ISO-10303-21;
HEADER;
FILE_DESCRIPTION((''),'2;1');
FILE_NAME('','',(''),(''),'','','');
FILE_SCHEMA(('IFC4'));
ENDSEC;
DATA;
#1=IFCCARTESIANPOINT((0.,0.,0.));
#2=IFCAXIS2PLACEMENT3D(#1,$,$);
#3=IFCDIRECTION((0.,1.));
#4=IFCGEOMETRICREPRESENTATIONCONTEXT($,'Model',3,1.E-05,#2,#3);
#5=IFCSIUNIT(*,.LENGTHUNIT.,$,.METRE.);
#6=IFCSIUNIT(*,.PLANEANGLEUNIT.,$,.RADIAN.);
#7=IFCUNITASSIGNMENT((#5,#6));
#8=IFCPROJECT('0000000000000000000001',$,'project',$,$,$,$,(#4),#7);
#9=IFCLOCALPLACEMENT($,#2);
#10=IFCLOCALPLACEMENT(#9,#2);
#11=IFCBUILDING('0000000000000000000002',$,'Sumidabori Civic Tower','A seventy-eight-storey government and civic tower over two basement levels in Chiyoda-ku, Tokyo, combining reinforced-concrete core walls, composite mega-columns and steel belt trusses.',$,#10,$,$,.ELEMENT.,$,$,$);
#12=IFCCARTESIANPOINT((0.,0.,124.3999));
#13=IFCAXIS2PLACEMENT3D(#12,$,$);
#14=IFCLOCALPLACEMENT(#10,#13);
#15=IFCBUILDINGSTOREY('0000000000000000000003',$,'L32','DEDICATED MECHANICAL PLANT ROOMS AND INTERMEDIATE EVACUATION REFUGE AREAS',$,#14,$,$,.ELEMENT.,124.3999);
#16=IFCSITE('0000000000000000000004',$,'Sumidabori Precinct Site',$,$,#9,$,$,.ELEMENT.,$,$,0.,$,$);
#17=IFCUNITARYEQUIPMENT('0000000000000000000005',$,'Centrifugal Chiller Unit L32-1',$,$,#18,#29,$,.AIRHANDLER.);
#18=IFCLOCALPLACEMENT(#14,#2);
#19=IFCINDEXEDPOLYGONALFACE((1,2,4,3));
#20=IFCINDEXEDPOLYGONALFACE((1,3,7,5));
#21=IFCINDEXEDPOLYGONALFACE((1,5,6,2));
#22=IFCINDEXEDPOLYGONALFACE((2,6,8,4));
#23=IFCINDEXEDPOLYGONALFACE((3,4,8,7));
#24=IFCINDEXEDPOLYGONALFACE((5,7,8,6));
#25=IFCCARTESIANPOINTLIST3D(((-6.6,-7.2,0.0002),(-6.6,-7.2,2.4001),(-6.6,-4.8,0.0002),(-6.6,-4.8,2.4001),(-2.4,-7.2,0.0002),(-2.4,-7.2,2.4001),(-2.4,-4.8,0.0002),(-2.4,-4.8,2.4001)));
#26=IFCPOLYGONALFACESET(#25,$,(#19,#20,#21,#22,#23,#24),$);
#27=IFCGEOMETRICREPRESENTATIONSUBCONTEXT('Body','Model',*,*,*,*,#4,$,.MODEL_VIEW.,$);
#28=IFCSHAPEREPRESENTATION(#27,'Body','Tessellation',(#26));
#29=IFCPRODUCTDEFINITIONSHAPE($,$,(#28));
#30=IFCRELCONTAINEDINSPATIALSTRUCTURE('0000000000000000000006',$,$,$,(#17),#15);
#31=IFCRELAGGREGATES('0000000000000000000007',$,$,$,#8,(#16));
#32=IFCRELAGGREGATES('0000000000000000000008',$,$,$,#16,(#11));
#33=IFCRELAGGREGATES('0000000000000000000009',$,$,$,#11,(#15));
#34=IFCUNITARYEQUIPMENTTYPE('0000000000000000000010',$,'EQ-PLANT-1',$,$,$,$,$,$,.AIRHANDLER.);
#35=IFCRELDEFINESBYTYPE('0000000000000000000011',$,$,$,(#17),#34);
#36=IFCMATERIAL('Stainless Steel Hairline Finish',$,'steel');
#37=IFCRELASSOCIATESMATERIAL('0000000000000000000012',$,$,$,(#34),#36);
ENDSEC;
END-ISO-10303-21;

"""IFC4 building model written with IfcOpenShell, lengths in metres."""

from ifc_helpers import new_model, si_unit, direction, frame, origin, origin_2d, place, context, subcontext, project, spatial, rectangle, extrude, source, transform, mapped, material, type_object, element, save


model = new_model("IFC4")

# Units and contexts
model_context = context("Model", 3, precision=1e-05, world=origin(), true_north=direction((0.0, 1.0)))
body_context = subcontext(model_context, "Body", "Model", "MODEL_VIEW")
ifc_project = project(units=[si_unit("LENGTHUNIT", "METRE"), si_unit("PLANEANGLEUNIT", "RADIAN")], contexts=[model_context])

# Site, building, storey
site_placement = place(None, origin())
site = spatial("IfcSite", under=ifc_project, at=site_placement, Name="Sumidabori Precinct Site", CompositionType="ELEMENT", RefElevation=0.0)
building_placement = place(site_placement, origin())
building = spatial("IfcBuilding", under=site, at=building_placement, Name="Sumidabori Civic Tower", Description="A seventy-eight-storey government and civic tower over two basement levels in Chiyoda-ku, Tokyo, combining reinforced-concrete core walls, composite mega-columns and steel belt trusses.", CompositionType="ELEMENT")
storey_placement = place(building_placement, frame((0.0, 0.0, 124.3999)))
storey = spatial("IfcBuildingStorey", under=building, at=storey_placement, Name="L32", Description="DEDICATED MECHANICAL PLANT ROOMS AND INTERMEDIATE EVACUATION REFUGE AREAS", CompositionType="ELEMENT", Elevation=124.3999)

# Unitary equipment
ifc_material_1 = material(Name="Stainless Steel Hairline Finish", Category="steel")
unitary_equipment_type = type_object("IfcUnitaryEquipmentType", Name="EQ-PLANT-1", PredefinedType="AIRHANDLER", material=ifc_material_1)
shared_shape_1 = source(origin(), body_context, "Body", "SweptSolid", [
    extrude(rectangle(XDim=4.2, YDim=2.3999, at=origin_2d()), origin(), (0.0, 0.0, 1.0), 2.3999),
])
unitary_equipment_placement = place(storey_placement, frame((-4.5, -6.0, 0.0002), z_axis=(0.0, 0.0, 1.0), x_axis=(1.0, 0.0, 0.0)))
element("IfcUnitaryEquipment", 1, at=unitary_equipment_placement, inside=storey, type_object=unitary_equipment_type, Name="Centrifugal Chiller Unit L32-1", PredefinedType="AIRHANDLER", context=body_context, shape_type="MappedRepresentation", body=[
    mapped(shared_shape_1, transform((0.0, 0.0, 0.0), x_axis=(1.0, 0.0, 0.0), y_axis=(0.0, 1.0, 0.0), z_axis=(0.0, 0.0, 1.0), scale=1.0)),
])

save(model, "model.ifc")
